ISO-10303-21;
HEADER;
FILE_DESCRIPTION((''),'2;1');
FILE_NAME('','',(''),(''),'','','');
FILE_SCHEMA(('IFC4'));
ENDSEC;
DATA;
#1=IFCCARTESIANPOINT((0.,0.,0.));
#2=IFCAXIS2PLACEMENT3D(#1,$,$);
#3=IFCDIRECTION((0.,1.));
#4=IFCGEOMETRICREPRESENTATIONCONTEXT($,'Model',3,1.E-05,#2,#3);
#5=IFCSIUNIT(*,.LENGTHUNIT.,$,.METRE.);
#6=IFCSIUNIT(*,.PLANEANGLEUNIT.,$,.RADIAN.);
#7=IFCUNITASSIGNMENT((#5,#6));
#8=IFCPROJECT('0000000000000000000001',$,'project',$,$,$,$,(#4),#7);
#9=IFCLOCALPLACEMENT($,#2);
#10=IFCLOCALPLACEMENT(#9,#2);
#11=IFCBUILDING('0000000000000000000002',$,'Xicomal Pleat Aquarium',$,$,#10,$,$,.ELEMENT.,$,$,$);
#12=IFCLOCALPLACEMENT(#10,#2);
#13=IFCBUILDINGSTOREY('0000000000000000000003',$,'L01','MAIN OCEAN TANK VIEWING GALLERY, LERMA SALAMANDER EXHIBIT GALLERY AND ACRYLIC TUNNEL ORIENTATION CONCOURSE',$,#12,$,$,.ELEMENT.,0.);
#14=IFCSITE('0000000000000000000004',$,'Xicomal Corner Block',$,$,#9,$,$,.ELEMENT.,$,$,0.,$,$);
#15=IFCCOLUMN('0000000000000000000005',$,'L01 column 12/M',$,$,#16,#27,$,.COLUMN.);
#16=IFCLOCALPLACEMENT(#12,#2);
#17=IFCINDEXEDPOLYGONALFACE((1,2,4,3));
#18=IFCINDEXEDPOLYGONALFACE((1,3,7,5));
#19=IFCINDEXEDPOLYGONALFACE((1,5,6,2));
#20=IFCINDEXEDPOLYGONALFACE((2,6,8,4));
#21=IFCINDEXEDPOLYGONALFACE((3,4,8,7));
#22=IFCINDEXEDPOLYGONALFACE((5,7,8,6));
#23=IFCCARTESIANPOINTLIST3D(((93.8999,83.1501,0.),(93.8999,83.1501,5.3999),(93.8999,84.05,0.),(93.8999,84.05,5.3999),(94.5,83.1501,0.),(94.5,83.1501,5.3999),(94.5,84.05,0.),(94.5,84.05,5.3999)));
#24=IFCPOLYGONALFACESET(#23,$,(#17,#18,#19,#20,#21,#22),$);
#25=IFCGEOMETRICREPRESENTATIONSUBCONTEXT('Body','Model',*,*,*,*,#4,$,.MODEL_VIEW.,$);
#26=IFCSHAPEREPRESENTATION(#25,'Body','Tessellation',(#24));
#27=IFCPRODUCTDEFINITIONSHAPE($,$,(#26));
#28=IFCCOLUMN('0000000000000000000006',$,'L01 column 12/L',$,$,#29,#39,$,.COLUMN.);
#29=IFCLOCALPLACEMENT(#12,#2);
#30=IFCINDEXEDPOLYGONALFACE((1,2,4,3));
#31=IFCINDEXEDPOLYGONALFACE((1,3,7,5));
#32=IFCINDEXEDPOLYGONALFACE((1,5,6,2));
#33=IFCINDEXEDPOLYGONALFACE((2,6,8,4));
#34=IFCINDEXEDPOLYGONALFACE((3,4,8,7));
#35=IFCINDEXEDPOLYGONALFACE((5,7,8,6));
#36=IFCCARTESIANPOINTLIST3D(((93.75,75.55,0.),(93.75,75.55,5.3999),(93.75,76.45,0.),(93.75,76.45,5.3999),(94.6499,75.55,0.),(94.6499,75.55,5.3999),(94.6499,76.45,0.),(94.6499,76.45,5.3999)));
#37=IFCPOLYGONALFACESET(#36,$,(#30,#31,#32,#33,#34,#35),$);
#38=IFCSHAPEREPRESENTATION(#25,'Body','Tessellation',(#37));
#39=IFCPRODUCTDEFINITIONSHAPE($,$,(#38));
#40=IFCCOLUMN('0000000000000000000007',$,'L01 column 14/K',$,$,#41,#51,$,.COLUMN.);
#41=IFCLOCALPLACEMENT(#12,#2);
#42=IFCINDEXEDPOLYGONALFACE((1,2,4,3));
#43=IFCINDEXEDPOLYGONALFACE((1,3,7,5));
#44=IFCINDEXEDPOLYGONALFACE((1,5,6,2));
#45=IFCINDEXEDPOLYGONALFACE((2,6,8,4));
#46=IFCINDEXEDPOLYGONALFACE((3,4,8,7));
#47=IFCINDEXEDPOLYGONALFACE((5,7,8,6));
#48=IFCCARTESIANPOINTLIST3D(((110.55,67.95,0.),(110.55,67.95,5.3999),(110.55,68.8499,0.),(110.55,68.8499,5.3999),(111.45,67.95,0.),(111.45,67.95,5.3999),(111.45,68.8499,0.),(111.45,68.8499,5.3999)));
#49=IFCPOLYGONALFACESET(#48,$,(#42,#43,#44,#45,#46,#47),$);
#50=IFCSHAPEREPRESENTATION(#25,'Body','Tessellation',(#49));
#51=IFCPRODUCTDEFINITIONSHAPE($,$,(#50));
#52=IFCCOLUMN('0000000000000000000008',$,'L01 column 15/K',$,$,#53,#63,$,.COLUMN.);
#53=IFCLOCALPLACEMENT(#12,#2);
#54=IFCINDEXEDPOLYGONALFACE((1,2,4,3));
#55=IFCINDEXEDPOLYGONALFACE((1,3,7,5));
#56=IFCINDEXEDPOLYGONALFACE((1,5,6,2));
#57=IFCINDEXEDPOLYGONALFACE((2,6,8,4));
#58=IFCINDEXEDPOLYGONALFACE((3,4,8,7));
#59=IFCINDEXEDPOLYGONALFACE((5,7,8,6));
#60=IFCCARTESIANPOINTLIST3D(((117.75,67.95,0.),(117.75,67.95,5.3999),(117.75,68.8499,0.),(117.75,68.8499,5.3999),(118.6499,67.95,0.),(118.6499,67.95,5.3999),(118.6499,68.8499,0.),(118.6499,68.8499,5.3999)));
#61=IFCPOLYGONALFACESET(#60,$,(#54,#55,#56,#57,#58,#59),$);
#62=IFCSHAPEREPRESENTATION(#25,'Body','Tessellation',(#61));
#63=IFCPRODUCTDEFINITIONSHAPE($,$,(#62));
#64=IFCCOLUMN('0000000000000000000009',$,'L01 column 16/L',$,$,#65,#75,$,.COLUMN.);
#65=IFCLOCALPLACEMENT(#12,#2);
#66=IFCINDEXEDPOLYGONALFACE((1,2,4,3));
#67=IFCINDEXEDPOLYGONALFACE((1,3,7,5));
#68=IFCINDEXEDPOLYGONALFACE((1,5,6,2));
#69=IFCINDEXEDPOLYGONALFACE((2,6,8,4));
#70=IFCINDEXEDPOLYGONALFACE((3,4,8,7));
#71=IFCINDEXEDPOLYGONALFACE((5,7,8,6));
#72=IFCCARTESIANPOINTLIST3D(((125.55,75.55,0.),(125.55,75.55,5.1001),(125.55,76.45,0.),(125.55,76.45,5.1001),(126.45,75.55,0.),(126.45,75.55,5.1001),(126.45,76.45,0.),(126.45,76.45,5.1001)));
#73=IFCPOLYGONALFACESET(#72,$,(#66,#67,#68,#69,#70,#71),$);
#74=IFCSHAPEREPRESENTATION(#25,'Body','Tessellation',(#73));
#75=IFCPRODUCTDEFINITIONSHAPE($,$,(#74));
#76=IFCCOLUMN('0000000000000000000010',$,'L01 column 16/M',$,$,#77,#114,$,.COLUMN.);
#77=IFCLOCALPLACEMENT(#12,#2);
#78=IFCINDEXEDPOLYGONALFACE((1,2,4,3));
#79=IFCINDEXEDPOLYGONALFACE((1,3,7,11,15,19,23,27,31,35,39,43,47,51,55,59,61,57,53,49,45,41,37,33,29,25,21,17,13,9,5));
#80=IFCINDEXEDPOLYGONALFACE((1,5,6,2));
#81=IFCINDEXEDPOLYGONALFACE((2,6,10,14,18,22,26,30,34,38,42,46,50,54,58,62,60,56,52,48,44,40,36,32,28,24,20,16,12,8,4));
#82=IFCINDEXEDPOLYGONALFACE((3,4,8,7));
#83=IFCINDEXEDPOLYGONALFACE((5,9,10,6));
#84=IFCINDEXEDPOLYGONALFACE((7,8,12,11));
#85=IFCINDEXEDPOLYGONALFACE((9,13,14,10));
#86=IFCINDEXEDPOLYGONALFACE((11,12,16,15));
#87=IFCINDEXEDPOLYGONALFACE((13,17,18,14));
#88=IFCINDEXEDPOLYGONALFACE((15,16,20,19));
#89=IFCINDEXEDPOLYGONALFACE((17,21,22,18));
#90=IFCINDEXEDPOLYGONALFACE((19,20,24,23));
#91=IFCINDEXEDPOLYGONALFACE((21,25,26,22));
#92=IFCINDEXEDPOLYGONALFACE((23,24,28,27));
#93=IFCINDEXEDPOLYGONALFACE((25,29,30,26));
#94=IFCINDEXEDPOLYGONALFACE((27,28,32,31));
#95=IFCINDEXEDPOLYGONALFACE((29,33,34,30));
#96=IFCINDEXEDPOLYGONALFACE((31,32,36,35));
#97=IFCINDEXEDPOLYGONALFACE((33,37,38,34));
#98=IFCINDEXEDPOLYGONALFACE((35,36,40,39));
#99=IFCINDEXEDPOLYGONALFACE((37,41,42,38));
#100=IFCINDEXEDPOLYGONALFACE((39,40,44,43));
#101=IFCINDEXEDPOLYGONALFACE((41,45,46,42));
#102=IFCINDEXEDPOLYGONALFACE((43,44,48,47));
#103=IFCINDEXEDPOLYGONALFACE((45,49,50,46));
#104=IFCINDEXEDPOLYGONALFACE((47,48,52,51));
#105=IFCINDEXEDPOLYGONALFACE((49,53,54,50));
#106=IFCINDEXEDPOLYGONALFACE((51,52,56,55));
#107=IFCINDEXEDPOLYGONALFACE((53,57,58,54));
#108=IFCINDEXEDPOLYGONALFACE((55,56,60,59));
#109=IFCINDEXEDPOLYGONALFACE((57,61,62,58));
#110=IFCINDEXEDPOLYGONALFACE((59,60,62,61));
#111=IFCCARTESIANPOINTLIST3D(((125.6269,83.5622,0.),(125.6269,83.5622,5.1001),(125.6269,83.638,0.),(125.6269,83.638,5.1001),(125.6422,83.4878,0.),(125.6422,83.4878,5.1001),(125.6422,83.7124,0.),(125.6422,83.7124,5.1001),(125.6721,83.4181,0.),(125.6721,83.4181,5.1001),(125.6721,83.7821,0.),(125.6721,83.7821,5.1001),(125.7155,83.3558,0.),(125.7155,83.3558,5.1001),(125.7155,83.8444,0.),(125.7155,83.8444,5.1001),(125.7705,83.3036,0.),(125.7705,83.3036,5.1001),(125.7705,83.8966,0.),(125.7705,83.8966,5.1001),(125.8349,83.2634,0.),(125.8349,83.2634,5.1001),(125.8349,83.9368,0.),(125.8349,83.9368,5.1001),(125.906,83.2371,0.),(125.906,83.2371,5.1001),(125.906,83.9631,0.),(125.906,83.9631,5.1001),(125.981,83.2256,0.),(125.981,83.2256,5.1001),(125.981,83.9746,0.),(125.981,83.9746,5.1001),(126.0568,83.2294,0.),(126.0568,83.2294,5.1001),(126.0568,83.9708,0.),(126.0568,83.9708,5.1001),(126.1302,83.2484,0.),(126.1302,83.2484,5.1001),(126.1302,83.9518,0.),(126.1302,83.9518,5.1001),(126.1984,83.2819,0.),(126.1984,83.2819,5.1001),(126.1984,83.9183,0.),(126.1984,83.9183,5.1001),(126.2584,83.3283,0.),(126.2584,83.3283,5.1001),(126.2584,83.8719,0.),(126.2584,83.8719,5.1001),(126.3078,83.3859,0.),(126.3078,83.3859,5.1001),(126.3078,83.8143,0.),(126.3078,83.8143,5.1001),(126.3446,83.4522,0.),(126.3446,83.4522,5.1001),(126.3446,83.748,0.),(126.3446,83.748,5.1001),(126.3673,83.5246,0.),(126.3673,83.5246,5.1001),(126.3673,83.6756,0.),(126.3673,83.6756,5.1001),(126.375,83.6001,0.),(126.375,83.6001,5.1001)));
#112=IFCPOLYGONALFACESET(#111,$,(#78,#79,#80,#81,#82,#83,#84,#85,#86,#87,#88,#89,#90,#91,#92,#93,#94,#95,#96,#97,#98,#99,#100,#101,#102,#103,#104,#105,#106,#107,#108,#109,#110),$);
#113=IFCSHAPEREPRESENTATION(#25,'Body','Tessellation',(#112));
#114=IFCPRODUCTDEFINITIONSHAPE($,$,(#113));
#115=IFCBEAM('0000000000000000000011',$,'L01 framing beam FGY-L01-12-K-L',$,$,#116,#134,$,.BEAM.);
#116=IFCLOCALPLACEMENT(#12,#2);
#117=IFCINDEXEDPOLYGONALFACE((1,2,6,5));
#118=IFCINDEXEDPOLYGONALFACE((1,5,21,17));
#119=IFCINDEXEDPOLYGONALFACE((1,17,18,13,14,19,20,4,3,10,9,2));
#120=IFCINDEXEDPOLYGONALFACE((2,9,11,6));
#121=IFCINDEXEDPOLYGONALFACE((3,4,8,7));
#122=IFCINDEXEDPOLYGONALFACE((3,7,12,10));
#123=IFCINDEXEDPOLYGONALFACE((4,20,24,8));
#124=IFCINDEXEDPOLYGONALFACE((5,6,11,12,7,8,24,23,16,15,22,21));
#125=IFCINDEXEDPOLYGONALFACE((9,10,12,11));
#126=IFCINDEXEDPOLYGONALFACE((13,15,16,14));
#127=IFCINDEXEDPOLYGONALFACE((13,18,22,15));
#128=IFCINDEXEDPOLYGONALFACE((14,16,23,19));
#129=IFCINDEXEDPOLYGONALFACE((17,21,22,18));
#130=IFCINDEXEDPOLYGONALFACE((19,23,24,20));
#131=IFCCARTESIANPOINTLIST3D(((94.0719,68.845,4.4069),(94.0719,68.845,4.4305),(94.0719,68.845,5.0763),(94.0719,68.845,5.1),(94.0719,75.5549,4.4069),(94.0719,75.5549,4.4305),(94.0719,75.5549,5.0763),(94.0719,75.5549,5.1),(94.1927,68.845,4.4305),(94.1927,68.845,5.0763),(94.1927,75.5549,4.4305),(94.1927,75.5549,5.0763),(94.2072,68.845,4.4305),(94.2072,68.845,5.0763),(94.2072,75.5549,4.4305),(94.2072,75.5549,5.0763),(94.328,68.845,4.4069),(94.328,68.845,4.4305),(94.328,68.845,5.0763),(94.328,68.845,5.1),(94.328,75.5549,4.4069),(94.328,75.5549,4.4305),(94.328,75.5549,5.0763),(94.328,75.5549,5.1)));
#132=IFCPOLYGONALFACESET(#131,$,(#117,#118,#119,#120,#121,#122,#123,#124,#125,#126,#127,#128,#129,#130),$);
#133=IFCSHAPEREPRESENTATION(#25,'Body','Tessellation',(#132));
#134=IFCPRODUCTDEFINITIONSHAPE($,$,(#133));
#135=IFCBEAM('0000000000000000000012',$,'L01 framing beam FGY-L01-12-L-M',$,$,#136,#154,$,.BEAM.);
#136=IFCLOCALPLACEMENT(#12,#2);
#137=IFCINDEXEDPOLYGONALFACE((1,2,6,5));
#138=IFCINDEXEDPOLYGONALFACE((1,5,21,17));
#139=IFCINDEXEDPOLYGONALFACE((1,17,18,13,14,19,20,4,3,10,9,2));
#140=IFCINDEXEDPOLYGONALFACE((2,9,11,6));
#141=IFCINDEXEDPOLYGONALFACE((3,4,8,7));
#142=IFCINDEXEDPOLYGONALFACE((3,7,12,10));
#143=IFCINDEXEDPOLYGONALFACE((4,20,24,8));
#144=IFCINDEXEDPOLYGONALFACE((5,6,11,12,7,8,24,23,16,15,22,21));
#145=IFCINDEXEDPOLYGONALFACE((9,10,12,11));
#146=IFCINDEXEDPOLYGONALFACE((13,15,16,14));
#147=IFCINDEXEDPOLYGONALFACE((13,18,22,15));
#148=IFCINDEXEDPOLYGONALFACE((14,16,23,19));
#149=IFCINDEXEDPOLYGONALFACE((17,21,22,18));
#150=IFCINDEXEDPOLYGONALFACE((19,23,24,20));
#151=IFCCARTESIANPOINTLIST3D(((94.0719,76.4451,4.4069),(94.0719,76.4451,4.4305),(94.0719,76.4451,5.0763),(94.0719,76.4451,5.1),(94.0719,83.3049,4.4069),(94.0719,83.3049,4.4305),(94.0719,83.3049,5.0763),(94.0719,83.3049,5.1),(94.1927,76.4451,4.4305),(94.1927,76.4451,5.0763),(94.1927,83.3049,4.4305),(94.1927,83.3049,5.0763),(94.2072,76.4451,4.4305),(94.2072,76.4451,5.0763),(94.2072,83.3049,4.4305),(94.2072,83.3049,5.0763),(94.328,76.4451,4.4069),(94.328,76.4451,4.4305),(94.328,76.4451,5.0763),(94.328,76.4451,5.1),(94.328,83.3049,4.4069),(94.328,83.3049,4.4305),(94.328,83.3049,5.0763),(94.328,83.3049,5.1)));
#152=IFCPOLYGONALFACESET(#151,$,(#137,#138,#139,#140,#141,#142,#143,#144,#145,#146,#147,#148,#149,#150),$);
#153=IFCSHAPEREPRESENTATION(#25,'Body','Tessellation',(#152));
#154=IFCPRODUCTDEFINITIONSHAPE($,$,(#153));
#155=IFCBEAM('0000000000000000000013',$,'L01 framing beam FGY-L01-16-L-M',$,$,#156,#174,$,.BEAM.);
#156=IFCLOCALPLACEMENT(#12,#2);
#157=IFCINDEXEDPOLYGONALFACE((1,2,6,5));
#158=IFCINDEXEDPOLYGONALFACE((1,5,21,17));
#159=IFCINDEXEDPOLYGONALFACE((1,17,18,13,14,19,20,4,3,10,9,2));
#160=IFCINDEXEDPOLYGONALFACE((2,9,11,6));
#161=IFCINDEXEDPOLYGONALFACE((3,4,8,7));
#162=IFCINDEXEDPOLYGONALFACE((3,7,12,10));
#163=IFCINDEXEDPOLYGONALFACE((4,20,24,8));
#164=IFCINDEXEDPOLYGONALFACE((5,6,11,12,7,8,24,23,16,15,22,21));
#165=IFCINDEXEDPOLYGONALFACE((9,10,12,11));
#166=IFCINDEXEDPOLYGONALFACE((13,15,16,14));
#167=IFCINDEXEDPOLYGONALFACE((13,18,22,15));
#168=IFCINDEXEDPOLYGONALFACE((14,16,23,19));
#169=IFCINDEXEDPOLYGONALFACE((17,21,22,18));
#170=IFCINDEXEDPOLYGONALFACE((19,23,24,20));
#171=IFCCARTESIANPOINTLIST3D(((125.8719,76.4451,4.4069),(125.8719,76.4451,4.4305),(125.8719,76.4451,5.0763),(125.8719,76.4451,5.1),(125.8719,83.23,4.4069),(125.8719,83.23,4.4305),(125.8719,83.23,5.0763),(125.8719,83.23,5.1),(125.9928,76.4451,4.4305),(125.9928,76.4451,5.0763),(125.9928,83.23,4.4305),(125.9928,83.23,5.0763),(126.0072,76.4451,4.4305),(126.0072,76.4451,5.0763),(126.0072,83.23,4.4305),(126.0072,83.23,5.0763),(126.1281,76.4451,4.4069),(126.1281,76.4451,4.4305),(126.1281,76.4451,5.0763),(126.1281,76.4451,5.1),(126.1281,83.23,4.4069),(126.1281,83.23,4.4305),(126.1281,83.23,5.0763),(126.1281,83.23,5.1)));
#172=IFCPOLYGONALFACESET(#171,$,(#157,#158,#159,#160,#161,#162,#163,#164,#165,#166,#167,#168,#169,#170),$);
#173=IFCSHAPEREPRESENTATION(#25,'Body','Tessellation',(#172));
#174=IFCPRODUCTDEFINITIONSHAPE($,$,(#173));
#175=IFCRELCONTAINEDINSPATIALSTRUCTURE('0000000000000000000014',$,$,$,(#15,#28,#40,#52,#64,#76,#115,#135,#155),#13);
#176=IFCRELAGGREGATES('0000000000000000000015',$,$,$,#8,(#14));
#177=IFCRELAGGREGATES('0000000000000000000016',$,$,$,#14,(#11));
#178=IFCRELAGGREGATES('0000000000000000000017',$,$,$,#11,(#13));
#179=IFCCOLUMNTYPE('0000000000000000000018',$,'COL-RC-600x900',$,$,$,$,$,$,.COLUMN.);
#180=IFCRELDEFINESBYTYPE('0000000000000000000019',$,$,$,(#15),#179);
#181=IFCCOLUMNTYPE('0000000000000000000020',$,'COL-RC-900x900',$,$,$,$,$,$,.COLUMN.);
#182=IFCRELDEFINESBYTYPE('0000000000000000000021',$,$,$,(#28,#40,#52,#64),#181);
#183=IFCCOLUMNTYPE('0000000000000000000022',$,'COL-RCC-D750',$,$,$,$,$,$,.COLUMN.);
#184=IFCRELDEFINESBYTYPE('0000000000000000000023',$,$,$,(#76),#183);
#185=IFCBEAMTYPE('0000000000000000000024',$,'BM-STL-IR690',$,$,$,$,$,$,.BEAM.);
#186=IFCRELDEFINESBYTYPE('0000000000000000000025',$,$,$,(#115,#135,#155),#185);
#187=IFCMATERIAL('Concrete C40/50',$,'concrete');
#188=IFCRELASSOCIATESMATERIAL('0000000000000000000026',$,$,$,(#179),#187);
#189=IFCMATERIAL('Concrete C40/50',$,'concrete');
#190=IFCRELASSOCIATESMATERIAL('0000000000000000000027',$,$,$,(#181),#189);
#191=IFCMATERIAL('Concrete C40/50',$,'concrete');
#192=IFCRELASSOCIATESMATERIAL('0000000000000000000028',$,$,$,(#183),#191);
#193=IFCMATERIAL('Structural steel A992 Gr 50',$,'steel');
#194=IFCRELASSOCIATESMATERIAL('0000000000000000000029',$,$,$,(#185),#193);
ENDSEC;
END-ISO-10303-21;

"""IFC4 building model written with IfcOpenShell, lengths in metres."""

from ifc_helpers import new_model, si_unit, direction, frame, origin, origin_2d, place, context, subcontext, project, spatial, rectangle, circle, i_section, extrude, material, material_profile, profile_set, type_object, element, save


model = new_model("IFC4")

# Units and contexts
model_context = context("Model", 3, precision=1e-05, world=origin(), true_north=direction((0.0, 1.0)))
body_context = subcontext(model_context, "Body", "Model", "MODEL_VIEW")
ifc_project = project(units=[si_unit("LENGTHUNIT", "METRE"), si_unit("PLANEANGLEUNIT", "RADIAN")], contexts=[model_context])

# Site, building, storey
site_placement = place(None, origin())
site = spatial("IfcSite", under=ifc_project, at=site_placement, Name="Xicomal Corner Block", CompositionType="ELEMENT", RefElevation=0.0)
building_placement = place(site_placement, origin())
building = spatial("IfcBuilding", under=site, at=building_placement, Name="Xicomal Pleat Aquarium", CompositionType="ELEMENT")
storey_placement = place(building_placement, origin())
storey = spatial("IfcBuildingStorey", under=building, at=storey_placement, Name="L01", Description="MAIN OCEAN TANK VIEWING GALLERY, LERMA SALAMANDER EXHIBIT GALLERY AND ACRYLIC TUNNEL ORIENTATION CONCOURSE", CompositionType="ELEMENT", Elevation=0.0)

# Columns
ifc_material_1 = material(Name="Concrete C40/50", Category="concrete")
ifc_material_profile_1 = material_profile(ifc_material_1, rectangle(XDim=0.6001, YDim=0.8999, at=origin_2d()), Name="RC 600x900")
ifc_profile_set_1 = profile_set([ifc_material_profile_1], Name="Concrete C40/50")
column_type_1 = type_object("IfcColumnType", Name="COL-RC-600x900", PredefinedType="COLUMN", material=ifc_profile_set_1)
column_1_placement = place(storey_placement, frame((94.2, 83.6001, 0.0), z_axis=(0.0, 0.0, 1.0), x_axis=(1.0, 0.0, 0.0)))
element("IfcColumn", 1, at=column_1_placement, inside=storey, type_object=column_type_1, Name="L01 column 12/M", PredefinedType="COLUMN", context=body_context, shape_type="SweptSolid", body=[
    extrude(rectangle(XDim=0.6001, YDim=0.8999, at=origin_2d()), origin(), (0.0, 0.0, 1.0), 5.3999),
])
ifc_material_2 = material(Name="Concrete C40/50", Category="concrete")
ifc_material_profile_2 = material_profile(ifc_material_2, rectangle(XDim=0.8999, YDim=0.8999, at=origin_2d()), Name="RC 900x900")
ifc_profile_set_2 = profile_set([ifc_material_profile_2], Name="Concrete C40/50")
column_type_2 = type_object("IfcColumnType", Name="COL-RC-900x900", PredefinedType="COLUMN", material=ifc_profile_set_2)
for number, where, z_axis, x_axis, name in (
    (2, (94.2, 76.0, 0.0), (0.0, 0.0, 1.0), (1.0, 0.0, 0.0), "L01 column 12/L"),
    (3, (111.0, 68.3999, 0.0), (0.0, 0.0, 1.0), (1.0, 0.0, 0.0), "L01 column 14/K"),
    (4, (118.2, 68.3999, 0.0), (0.0, 0.0, 1.0), (1.0, 0.0, 0.0), "L01 column 15/K"),
):
    element("IfcColumn", number, at=place(storey_placement, frame(where, z_axis=z_axis, x_axis=x_axis)), inside=storey, type_object=column_type_2, Name=name, PredefinedType="COLUMN", context=body_context, shape_type="SweptSolid", body=[
        extrude(rectangle(XDim=0.8999, YDim=0.8999, at=origin_2d()), origin(), (0.0, 0.0, 1.0), 5.3999),
    ])
column_2_placement = place(storey_placement, frame((126.0, 76.0, 0.0), z_axis=(0.0, 0.0, 1.0), x_axis=(1.0, 0.0, 0.0)))
element("IfcColumn", 5, at=column_2_placement, inside=storey, type_object=column_type_2, Name="L01 column 16/L", PredefinedType="COLUMN", context=body_context, shape_type="SweptSolid", body=[
    extrude(rectangle(XDim=0.8999, YDim=0.8999, at=origin_2d()), origin(), (0.0, 0.0, 1.0), 5.1001),
])
ifc_material_3 = material(Name="Concrete C40/50", Category="concrete")
ifc_material_profile_3 = material_profile(ifc_material_3, circle(Radius=0.375, at=origin_2d()), Name="RCC D750")
ifc_profile_set_3 = profile_set([ifc_material_profile_3], Name="Concrete C40/50")
column_type_3 = type_object("IfcColumnType", Name="COL-RCC-D750", PredefinedType="COLUMN", material=ifc_profile_set_3)
column_3_placement = place(storey_placement, frame((126.0, 83.6001, 0.0), z_axis=(0.0, 0.0, 1.0), x_axis=(1.0, 0.0, 0.0)))
element("IfcColumn", 6, at=column_3_placement, inside=storey, type_object=column_type_3, Name="L01 column 16/M", PredefinedType="COLUMN", context=body_context, shape_type="SweptSolid", body=[
    extrude(circle(Radius=0.375, at=origin_2d()), origin(), (0.0, 0.0, 1.0), 5.1001),
])

# Beams
ifc_material_4 = material(Name="Structural steel A992 Gr 50", Category="steel")
ifc_material_profile_4 = material_profile(ifc_material_4, i_section(OverallWidth=0.2561, OverallDepth=0.6931, WebThickness=0.0144, FlangeThickness=0.0237, at=origin_2d()), Name="IR 690x170")
ifc_profile_set_4 = profile_set([ifc_material_profile_4], Name="Structural steel A992 Gr 50")
beam_type_1 = type_object("IfcBeamType", Name="BM-STL-IR690", PredefinedType="BEAM", material=ifc_profile_set_4)
beam_1_placement = place(storey_placement, frame((94.2, 68.845, 4.7534), z_axis=(0.0, 1.0, 0.0), x_axis=(-1.0, 0.0, 0.0)))
element("IfcBeam", 7, at=beam_1_placement, inside=storey, type_object=beam_type_1, Name="L01 framing beam FGY-L01-12-K-L", PredefinedType="BEAM", context=body_context, shape_type="SweptSolid", body=[
    extrude(i_section(OverallWidth=0.2561, OverallDepth=0.6931, WebThickness=0.0144, FlangeThickness=0.0237, at=origin_2d()), origin(), (0.0, 0.0, 1.0), 6.71),
])
beam_2_placement = place(storey_placement, frame((94.2, 76.4451, 4.7534), z_axis=(0.0, 1.0, 0.0), x_axis=(-1.0, 0.0, 0.0)))
element("IfcBeam", 8, at=beam_2_placement, inside=storey, type_object=beam_type_1, Name="L01 framing beam FGY-L01-12-L-M", PredefinedType="BEAM", context=body_context, shape_type="SweptSolid", body=[
    extrude(i_section(OverallWidth=0.2561, OverallDepth=0.6931, WebThickness=0.0144, FlangeThickness=0.0237, at=origin_2d()), origin(), (0.0, 0.0, 1.0), 6.8599),
])
beam_3_placement = place(storey_placement, frame((126.0, 76.4451, 4.7534), z_axis=(0.0, 1.0, 0.0), x_axis=(-1.0, 0.0, 0.0)))
element("IfcBeam", 9, at=beam_3_placement, inside=storey, type_object=beam_type_1, Name="L01 framing beam FGY-L01-16-L-M", PredefinedType="BEAM", context=body_context, shape_type="SweptSolid", body=[
    extrude(i_section(OverallWidth=0.2561, OverallDepth=0.6931, WebThickness=0.0144, FlangeThickness=0.0237, at=origin_2d()), origin(), (0.0, 0.0, 1.0), 6.7849),
])

save(model, "model.ifc")
